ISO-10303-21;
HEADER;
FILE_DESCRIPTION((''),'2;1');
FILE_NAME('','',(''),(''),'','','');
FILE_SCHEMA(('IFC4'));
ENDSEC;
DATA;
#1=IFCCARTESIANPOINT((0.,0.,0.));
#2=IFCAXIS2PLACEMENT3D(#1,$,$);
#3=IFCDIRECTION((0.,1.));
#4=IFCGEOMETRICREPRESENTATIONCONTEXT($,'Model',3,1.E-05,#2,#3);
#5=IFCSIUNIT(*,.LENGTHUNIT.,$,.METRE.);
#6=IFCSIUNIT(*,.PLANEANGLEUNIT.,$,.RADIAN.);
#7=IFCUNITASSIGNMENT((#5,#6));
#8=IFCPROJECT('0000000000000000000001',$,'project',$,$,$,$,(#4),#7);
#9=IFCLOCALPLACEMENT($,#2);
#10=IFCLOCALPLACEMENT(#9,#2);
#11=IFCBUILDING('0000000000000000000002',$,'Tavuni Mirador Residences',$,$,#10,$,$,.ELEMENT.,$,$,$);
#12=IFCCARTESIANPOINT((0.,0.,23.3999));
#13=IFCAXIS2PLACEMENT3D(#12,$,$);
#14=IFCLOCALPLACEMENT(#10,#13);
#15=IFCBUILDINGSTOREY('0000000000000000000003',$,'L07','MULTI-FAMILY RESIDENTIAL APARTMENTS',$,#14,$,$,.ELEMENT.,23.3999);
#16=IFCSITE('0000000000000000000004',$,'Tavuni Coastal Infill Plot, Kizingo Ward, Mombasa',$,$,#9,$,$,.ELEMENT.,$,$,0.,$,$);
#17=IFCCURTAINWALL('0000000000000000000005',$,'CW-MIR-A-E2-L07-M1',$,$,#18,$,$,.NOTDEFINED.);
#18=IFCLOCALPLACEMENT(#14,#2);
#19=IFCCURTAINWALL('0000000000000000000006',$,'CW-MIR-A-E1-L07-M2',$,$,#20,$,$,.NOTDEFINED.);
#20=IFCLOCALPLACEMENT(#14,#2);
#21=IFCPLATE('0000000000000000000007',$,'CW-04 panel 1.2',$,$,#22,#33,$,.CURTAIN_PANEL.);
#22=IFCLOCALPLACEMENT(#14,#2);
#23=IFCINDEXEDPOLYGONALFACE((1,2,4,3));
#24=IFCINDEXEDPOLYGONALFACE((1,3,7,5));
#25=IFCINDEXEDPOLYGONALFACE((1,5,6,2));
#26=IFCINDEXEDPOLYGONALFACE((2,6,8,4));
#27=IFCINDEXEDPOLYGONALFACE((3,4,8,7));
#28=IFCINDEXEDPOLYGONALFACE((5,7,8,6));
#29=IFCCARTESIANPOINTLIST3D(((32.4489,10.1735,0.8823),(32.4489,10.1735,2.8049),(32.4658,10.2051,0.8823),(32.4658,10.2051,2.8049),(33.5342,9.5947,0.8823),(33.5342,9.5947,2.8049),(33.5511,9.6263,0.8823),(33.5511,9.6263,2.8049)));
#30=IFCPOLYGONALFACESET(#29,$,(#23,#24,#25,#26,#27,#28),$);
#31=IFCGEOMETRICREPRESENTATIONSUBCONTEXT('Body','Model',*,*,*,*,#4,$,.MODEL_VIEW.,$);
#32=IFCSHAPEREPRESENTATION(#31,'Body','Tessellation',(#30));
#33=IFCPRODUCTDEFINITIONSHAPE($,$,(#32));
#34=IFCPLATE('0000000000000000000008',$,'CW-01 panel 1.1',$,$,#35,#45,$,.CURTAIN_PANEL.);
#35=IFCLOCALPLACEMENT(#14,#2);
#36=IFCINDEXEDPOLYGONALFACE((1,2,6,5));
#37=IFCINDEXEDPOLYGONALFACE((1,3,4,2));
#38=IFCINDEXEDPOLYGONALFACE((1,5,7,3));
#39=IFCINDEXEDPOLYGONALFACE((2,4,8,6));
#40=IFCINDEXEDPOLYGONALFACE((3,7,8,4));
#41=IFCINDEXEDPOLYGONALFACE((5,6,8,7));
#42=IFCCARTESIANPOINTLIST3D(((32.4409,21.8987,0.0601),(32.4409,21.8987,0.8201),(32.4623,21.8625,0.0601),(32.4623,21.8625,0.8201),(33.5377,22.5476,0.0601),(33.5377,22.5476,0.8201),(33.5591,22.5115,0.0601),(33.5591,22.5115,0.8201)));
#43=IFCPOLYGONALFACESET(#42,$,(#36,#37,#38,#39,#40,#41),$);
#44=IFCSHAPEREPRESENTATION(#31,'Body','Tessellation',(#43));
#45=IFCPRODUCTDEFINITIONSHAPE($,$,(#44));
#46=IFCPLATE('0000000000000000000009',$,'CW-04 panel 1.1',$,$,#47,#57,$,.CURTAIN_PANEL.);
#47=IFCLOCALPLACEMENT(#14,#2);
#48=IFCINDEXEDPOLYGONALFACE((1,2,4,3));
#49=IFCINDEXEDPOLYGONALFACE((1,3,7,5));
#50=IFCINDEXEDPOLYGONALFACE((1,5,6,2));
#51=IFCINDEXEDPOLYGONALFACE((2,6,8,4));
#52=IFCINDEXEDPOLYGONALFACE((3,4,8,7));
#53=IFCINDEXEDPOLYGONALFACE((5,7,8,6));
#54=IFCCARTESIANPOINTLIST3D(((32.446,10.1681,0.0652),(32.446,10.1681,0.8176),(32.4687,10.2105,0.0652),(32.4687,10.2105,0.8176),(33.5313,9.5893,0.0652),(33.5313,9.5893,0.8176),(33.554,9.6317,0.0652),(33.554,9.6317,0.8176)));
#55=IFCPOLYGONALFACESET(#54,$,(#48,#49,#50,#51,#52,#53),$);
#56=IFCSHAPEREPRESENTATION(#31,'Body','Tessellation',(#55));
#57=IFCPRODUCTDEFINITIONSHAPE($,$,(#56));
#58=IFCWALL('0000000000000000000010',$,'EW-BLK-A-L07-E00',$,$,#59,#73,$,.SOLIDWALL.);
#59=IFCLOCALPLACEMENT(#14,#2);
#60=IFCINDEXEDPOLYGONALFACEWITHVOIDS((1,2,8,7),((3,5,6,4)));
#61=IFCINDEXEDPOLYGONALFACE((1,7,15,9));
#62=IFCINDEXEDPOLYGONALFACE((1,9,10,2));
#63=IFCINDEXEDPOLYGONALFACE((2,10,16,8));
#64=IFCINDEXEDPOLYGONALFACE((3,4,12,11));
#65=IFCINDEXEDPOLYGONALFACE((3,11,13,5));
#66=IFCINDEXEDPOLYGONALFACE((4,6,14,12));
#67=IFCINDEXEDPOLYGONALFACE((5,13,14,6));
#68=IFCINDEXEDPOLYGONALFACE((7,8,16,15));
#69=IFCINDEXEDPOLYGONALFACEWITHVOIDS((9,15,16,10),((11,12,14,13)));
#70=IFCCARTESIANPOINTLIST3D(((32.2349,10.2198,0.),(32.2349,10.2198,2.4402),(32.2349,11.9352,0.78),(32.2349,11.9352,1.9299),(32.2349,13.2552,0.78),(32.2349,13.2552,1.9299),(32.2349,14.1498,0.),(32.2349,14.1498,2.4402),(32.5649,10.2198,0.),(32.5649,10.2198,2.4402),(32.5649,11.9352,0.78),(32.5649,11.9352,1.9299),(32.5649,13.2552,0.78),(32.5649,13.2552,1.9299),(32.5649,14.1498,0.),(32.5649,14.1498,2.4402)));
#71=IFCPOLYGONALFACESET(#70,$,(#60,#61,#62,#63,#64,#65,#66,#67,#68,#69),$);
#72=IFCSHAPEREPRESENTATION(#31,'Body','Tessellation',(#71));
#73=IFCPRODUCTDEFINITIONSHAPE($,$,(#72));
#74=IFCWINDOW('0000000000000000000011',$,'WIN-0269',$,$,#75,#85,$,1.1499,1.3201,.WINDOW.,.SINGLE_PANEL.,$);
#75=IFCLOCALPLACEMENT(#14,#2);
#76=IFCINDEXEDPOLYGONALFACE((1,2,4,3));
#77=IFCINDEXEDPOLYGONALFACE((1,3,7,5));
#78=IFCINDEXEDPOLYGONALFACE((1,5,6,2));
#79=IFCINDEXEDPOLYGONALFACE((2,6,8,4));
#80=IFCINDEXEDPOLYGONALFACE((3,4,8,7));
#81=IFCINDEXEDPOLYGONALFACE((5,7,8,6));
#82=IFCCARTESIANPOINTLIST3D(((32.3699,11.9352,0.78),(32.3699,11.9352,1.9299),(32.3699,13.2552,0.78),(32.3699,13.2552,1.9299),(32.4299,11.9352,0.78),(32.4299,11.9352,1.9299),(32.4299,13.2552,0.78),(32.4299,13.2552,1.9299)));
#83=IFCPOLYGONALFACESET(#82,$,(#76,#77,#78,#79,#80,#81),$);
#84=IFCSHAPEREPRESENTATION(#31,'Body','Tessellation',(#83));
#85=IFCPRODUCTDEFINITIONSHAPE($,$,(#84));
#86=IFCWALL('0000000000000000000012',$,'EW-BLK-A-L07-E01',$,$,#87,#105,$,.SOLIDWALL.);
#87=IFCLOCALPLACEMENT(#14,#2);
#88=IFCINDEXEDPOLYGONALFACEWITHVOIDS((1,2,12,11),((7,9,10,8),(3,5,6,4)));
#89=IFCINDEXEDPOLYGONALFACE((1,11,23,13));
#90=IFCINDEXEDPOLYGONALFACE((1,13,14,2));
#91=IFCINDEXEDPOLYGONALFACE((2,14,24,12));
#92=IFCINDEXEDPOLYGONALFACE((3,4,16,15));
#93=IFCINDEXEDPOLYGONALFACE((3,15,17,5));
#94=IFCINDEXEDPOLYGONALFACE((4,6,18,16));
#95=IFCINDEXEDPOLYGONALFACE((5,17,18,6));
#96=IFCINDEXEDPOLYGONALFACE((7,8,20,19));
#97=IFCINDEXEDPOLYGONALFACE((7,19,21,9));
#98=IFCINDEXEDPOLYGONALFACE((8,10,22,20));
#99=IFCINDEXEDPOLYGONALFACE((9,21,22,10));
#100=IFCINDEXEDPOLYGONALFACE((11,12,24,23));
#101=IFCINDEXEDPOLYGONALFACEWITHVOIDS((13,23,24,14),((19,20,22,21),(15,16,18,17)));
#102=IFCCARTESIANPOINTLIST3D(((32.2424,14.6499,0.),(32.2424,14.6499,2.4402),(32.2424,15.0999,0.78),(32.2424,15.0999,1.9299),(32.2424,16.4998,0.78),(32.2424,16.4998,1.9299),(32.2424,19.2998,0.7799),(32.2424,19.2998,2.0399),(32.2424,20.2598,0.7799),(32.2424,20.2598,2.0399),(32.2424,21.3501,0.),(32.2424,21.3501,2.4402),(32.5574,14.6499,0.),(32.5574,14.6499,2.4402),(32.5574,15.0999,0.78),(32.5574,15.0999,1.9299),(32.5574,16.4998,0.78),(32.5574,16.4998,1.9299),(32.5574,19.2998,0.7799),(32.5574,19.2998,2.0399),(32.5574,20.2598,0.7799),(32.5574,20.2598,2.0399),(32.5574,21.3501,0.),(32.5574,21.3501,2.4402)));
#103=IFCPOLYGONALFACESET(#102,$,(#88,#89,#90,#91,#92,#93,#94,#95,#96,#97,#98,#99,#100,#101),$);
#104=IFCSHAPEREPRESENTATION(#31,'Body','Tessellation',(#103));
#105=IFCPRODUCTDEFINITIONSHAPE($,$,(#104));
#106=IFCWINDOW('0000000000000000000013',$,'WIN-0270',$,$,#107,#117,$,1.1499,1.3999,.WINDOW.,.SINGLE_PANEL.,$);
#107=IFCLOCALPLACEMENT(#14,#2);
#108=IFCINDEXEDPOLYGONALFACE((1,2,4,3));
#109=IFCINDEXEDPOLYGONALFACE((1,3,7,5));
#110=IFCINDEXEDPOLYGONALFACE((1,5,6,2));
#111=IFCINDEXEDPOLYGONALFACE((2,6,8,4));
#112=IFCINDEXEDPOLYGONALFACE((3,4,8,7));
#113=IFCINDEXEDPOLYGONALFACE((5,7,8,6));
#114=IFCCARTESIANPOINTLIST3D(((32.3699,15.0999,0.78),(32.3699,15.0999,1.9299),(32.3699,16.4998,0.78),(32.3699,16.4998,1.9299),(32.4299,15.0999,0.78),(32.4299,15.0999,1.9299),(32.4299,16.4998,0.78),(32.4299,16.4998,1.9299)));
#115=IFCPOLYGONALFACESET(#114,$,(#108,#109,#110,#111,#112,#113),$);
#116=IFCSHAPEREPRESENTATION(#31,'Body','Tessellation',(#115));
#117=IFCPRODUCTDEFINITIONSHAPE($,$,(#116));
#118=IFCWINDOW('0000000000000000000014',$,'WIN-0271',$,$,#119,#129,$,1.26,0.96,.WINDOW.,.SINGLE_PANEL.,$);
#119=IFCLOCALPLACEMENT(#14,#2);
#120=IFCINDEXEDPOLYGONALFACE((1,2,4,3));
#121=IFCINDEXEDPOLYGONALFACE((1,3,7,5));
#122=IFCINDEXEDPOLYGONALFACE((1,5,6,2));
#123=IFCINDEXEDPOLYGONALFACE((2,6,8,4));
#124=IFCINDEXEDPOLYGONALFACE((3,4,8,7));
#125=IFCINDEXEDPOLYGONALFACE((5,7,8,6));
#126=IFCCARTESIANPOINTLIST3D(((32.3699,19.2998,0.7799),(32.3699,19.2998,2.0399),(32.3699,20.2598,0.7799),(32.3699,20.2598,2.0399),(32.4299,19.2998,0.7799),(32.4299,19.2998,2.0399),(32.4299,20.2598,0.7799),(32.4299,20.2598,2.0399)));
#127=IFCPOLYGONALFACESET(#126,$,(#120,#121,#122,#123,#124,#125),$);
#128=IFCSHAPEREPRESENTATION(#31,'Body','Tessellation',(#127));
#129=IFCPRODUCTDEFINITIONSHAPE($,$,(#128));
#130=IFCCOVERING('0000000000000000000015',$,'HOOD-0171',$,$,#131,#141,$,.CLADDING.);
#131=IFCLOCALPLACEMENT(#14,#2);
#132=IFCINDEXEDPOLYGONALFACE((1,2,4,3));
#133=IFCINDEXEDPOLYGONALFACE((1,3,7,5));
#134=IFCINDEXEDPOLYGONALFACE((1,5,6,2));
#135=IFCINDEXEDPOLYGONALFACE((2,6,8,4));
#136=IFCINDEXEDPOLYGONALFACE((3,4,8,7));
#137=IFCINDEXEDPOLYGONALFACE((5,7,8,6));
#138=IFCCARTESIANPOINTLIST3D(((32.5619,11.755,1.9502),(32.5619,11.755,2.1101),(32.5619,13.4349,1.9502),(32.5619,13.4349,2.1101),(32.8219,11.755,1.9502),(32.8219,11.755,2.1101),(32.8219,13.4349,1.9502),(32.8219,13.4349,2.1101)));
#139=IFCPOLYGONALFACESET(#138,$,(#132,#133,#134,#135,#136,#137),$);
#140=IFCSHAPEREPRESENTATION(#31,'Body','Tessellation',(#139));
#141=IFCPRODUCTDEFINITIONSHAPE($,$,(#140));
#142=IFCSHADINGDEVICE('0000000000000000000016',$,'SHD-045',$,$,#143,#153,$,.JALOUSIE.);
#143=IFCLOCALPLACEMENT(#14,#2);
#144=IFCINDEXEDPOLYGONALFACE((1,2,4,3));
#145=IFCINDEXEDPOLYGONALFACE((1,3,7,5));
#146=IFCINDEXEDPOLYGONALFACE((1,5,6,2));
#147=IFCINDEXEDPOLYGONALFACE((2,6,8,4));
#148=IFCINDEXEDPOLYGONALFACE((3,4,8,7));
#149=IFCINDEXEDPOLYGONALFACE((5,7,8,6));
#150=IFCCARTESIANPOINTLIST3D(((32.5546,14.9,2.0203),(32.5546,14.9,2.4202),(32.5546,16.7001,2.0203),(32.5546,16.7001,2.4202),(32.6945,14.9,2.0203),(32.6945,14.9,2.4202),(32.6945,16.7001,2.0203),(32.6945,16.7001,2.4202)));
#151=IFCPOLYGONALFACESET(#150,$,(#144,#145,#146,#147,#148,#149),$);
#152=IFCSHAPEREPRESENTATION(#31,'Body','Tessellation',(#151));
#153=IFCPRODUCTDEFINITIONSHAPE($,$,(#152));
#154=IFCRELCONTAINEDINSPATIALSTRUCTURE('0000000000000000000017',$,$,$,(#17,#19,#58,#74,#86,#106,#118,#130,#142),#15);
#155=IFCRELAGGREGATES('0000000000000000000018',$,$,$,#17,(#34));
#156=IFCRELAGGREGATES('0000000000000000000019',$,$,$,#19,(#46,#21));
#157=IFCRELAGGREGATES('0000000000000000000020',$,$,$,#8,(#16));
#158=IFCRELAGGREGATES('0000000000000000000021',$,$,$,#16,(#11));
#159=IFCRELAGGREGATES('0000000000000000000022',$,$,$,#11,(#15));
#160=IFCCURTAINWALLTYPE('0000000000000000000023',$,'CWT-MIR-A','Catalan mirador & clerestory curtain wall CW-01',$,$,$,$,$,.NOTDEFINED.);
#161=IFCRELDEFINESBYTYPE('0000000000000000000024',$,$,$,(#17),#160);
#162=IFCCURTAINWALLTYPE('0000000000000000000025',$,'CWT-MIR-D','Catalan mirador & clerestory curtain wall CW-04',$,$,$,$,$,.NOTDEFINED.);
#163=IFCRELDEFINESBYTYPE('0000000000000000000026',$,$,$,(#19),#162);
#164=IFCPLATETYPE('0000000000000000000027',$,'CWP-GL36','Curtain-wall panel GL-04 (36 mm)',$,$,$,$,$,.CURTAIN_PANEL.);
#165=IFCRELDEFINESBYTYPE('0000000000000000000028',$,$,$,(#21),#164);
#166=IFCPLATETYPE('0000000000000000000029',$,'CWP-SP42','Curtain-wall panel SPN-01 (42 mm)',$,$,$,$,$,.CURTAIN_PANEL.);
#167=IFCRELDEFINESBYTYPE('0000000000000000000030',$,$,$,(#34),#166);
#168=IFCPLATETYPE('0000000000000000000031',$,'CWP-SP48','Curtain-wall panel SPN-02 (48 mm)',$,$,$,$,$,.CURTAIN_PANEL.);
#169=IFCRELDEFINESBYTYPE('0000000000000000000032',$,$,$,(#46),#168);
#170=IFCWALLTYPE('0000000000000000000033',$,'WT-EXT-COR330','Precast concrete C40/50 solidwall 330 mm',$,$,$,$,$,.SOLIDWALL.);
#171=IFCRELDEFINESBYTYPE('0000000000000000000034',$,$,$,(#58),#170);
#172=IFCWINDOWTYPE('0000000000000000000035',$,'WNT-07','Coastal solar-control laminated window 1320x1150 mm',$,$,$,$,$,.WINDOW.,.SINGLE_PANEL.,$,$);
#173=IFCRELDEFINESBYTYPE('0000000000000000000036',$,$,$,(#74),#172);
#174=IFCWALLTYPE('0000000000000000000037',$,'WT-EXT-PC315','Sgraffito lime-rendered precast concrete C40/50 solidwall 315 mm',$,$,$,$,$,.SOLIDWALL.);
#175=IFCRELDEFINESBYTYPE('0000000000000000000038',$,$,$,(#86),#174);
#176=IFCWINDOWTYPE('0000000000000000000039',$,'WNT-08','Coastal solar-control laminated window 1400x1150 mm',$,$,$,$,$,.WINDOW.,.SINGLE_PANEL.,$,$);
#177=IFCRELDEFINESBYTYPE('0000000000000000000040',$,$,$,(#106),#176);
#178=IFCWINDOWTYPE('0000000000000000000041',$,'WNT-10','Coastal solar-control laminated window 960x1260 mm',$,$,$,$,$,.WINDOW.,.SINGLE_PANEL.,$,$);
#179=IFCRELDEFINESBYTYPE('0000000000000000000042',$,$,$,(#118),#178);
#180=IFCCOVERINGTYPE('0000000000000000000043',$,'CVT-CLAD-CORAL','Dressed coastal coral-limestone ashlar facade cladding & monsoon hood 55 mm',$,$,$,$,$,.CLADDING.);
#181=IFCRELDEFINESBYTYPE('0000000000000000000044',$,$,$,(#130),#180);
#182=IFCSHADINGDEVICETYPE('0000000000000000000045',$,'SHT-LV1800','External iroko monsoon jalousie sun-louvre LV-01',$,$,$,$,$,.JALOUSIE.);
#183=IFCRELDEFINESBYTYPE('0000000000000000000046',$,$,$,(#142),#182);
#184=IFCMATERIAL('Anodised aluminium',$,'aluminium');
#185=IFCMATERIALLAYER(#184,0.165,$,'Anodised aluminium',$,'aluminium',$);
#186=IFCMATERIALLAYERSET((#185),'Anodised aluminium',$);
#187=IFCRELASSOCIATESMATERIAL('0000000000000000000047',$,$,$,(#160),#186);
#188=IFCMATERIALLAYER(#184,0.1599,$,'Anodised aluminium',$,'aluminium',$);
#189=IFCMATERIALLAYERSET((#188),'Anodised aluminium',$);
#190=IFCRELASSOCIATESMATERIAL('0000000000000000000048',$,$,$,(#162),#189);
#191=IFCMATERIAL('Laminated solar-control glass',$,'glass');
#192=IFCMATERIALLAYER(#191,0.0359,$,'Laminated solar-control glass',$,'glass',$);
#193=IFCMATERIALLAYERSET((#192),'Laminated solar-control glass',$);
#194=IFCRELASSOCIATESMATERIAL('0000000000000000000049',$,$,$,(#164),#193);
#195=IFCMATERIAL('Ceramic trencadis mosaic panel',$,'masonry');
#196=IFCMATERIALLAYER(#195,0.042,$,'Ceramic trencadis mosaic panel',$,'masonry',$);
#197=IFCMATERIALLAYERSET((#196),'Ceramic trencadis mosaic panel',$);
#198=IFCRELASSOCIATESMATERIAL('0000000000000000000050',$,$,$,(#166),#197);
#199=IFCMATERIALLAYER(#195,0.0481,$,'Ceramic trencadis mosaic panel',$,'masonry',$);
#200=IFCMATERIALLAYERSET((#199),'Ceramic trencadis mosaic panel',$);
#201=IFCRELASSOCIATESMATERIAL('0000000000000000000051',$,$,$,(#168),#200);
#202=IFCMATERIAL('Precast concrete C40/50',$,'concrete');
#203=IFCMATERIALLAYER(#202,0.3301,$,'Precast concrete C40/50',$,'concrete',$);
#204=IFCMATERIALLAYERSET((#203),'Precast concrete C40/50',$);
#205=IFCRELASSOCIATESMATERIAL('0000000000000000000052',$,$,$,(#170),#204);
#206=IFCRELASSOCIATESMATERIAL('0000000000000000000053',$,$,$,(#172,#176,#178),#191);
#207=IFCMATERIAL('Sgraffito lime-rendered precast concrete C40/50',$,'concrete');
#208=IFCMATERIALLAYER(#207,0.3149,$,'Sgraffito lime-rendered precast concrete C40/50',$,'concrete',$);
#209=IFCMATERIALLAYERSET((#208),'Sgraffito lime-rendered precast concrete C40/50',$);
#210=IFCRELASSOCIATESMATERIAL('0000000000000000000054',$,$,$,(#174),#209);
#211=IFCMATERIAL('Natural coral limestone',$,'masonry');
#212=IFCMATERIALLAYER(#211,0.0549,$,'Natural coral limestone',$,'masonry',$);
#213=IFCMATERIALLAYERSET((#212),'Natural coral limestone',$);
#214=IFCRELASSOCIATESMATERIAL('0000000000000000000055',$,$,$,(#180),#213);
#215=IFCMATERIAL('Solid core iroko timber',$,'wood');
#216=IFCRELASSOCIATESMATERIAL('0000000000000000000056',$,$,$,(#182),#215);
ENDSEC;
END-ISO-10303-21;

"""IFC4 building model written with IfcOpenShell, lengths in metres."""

from ifc_helpers import new_model, si_unit, direction, frame, frame_2d, origin, origin_2d, place, context, subcontext, project, spatial, rectangle, extrude, material, layer, layer_set, type_object, element, fill, aggregate, save


model = new_model("IFC4")

# Units and contexts
model_context = context("Model", 3, precision=1e-05, world=origin(), true_north=direction((0.0, 1.0)))
body_context = subcontext(model_context, "Body", "Model", "MODEL_VIEW")
ifc_project = project(units=[si_unit("LENGTHUNIT", "METRE"), si_unit("PLANEANGLEUNIT", "RADIAN")], contexts=[model_context])

# Site, building, storey
site_placement = place(None, origin())
site = spatial("IfcSite", under=ifc_project, at=site_placement, Name="Tavuni Coastal Infill Plot, Kizingo Ward, Mombasa", CompositionType="ELEMENT", RefElevation=0.0)
building_placement = place(site_placement, origin())
building = spatial("IfcBuilding", under=site, at=building_placement, Name="Tavuni Mirador Residences", CompositionType="ELEMENT")
storey_placement = place(building_placement, frame((0.0, 0.0, 23.3999)))
storey = spatial("IfcBuildingStorey", under=building, at=storey_placement, Name="L07", Description="MULTI-FAMILY RESIDENTIAL APARTMENTS", CompositionType="ELEMENT", Elevation=23.3999)

# Shared definitions
ifc_material_1 = material(Name="Precast concrete C40/50", Category="concrete")

# Curtain walls
ifc_material_2 = material(Name="Anodised aluminium", Category="aluminium")
ifc_layer_1 = layer(ifc_material_2, 0.165, Name="Anodised aluminium", Category="aluminium")
ifc_layer_set_1 = layer_set([ifc_layer_1], Name="Anodised aluminium")
curtain_wall_type_1 = type_object("IfcCurtainWallType", Name="CWT-MIR-A", Description="Catalan mirador & clerestory curtain wall CW-01", PredefinedType="NOTDEFINED", material=ifc_layer_set_1)
curtain_wall_1_placement = place(storey_placement, origin())
curtain_wall_1 = element("IfcCurtainWall", 1, at=curtain_wall_1_placement, inside=storey, type_object=curtain_wall_type_1, Name="CW-MIR-A-E2-L07-M1", PredefinedType="NOTDEFINED")
ifc_layer_2 = layer(ifc_material_2, 0.1599, Name="Anodised aluminium", Category="aluminium")
ifc_layer_set_2 = layer_set([ifc_layer_2], Name="Anodised aluminium")
curtain_wall_type_2 = type_object("IfcCurtainWallType", Name="CWT-MIR-D", Description="Catalan mirador & clerestory curtain wall CW-04", PredefinedType="NOTDEFINED", material=ifc_layer_set_2)
curtain_wall_2_placement = place(storey_placement, origin())
curtain_wall_2 = element("IfcCurtainWall", 2, at=curtain_wall_2_placement, inside=storey, type_object=curtain_wall_type_2, Name="CW-MIR-A-E1-L07-M2", PredefinedType="NOTDEFINED")

# Plates
ifc_material_3 = material(Name="Laminated solar-control glass", Category="glass")
ifc_layer_3 = layer(ifc_material_3, 0.0359, Name="Laminated solar-control glass", Category="glass")
ifc_layer_set_3 = layer_set([ifc_layer_3], Name="Laminated solar-control glass")
plate_type_1 = type_object("IfcPlateType", Name="CWP-GL36", Description="Curtain-wall panel GL-04 (36 mm)", PredefinedType="CURTAIN_PANEL", material=ifc_layer_set_3)
plate_1_placement = place(storey_placement, frame((33.0, 9.8999, 0.8823), z_axis=(0.0, 0.0, 1.0), x_axis=(-0.882353, 0.470588, 0.0)))
plate_1 = element("IfcPlate", 3, at=plate_1_placement, type_object=plate_type_1, Name="CW-04 panel 1.2", PredefinedType="CURTAIN_PANEL", context=body_context, shape_type="SweptSolid", body=[
    extrude(rectangle(XDim=1.23, YDim=0.0359, at=origin_2d()), origin(), (0.0, 0.0, 1.0), 1.9226),
])
ifc_material_4 = material(Name="Ceramic trencadis mosaic panel", Category="masonry")
ifc_layer_4 = layer(ifc_material_4, 0.042, Name="Ceramic trencadis mosaic panel", Category="masonry")
ifc_layer_set_4 = layer_set([ifc_layer_4], Name="Ceramic trencadis mosaic panel")
plate_type_2 = type_object("IfcPlateType", Name="CWP-SP42", Description="Curtain-wall panel SPN-01 (42 mm)", PredefinedType="CURTAIN_PANEL", material=ifc_layer_set_4)
plate_2_placement = place(storey_placement, frame((33.0, 22.2051, 0.0601), z_axis=(0.0, 0.0, 1.0), x_axis=(0.860641, 0.509212, 0.0)))
plate_2 = element("IfcPlate", 4, at=plate_2_placement, type_object=plate_type_2, Name="CW-01 panel 1.1", PredefinedType="CURTAIN_PANEL", context=body_context, shape_type="SweptSolid", body=[
    extrude(rectangle(XDim=1.2744, YDim=0.042, at=origin_2d()), origin(), (0.0, 0.0, 1.0), 0.76),
])
aggregate(curtain_wall_1, [plate_2])
ifc_layer_5 = layer(ifc_material_4, 0.0481, Name="Ceramic trencadis mosaic panel", Category="masonry")
ifc_layer_set_5 = layer_set([ifc_layer_5], Name="Ceramic trencadis mosaic panel")
plate_type_3 = type_object("IfcPlateType", Name="CWP-SP48", Description="Curtain-wall panel SPN-02 (48 mm)", PredefinedType="CURTAIN_PANEL", material=ifc_layer_set_5)
plate_3_placement = place(storey_placement, frame((33.0, 9.8999, 0.0652), z_axis=(0.0, 0.0, 1.0), x_axis=(-0.882353, 0.470588, 0.0)))
plate_3 = element("IfcPlate", 5, at=plate_3_placement, type_object=plate_type_3, Name="CW-04 panel 1.1", PredefinedType="CURTAIN_PANEL", context=body_context, shape_type="SweptSolid", body=[
    extrude(rectangle(XDim=1.23, YDim=0.0481, at=origin_2d()), origin(), (0.0, 0.0, 1.0), 0.7524),
])
aggregate(curtain_wall_2, [plate_3, plate_1])

# Wall, opening, window
ifc_layer_6 = layer(ifc_material_1, 0.3301, Name="Precast concrete C40/50", Category="concrete")
ifc_layer_set_6 = layer_set([ifc_layer_6], Name="Precast concrete C40/50")
wall_type_1 = type_object("IfcWallType", Name="WT-EXT-COR330", Description="Precast concrete C40/50 solidwall 330 mm", PredefinedType="SOLIDWALL", material=ifc_layer_set_6)
wall_1_placement = place(storey_placement, frame((32.3999, 10.22, 0.0), z_axis=(0.0, 0.0, 1.0), x_axis=(0.0, 1.0, 0.0)))
wall_1 = element("IfcWall", 6, at=wall_1_placement, inside=storey, type_object=wall_type_1, Name="EW-BLK-A-L07-E00", PredefinedType="SOLIDWALL", context=body_context, shape_type="SweptSolid", body=[
    extrude(rectangle(XDim=3.9299, YDim=0.3301, at=frame_2d((1.9648, 0.0))), origin(), (0.0, 0.0, 1.0), 2.4402),
])
opening_1_placement = place(wall_1_placement, frame((1.7151, 0.0, 0.78)))
opening_1 = element("IfcOpeningElement", 7, at=opening_1_placement, cuts=wall_1, PredefinedType="OPENING", context=body_context, shape_type="SweptSolid", body=[
    extrude(rectangle(XDim=1.3201, YDim=1.1499, at=frame_2d((0.6602, 0.575))), frame((0.0, 0.175, 0.0), z_axis=(0.0, -1.0, 0.0), x_axis=(1.0, 0.0, 0.0)), (0.0, 0.0, 1.0), 0.3501),
])
window_type_1 = type_object("IfcWindowType", Name="WNT-07", Description="Coastal solar-control laminated window 1320x1150 mm", PartitioningType="SINGLE_PANEL", PredefinedType="WINDOW", material=ifc_material_3)
window_1_placement = place(opening_1_placement, origin())
window_1 = element("IfcWindow", 8, at=window_1_placement, inside=storey, type_object=window_type_1, Name="WIN-0269", OverallHeight=1.1499, OverallWidth=1.3201, PartitioningType="SINGLE_PANEL", PredefinedType="WINDOW", context=body_context, shape_type="SweptSolid", body=[
    extrude(rectangle(XDim=1.3201, YDim=1.1499, at=frame_2d((0.6602, 0.575))), frame((0.0, 0.03, 0.0), z_axis=(0.0, -1.0, 0.0), x_axis=(1.0, 0.0, 0.0)), (0.0, 0.0, 1.0), 0.0601),
])
fill(opening_1, window_1)

# Wall, openings, windows
ifc_material_5 = material(Name="Sgraffito lime-rendered precast concrete C40/50", Category="concrete")
ifc_layer_7 = layer(ifc_material_5, 0.3149, Name="Sgraffito lime-rendered precast concrete C40/50", Category="concrete")
ifc_layer_set_7 = layer_set([ifc_layer_7], Name="Sgraffito lime-rendered precast concrete C40/50")
wall_type_2 = type_object("IfcWallType", Name="WT-EXT-PC315", Description="Sgraffito lime-rendered precast concrete C40/50 solidwall 315 mm", PredefinedType="SOLIDWALL", material=ifc_layer_set_7)
wall_2_placement = place(storey_placement, frame((32.3999, 14.6499, 0.0), z_axis=(0.0, 0.0, 1.0), x_axis=(0.0, 1.0, 0.0)))
wall_2 = element("IfcWall", 9, at=wall_2_placement, inside=storey, type_object=wall_type_2, Name="EW-BLK-A-L07-E01", PredefinedType="SOLIDWALL", context=body_context, shape_type="SweptSolid", body=[
    extrude(rectangle(XDim=6.7002, YDim=0.3149, at=frame_2d((3.3501, 0.0))), origin(), (0.0, 0.0, 1.0), 2.4402),
])
opening_2_placement = place(wall_2_placement, frame((0.45, 0.0, 0.78)))
opening_2 = element("IfcOpeningElement", 10, at=opening_2_placement, cuts=wall_2, PredefinedType="OPENING", context=body_context, shape_type="SweptSolid", body=[
    extrude(rectangle(XDim=1.3999, YDim=1.1499, at=frame_2d((0.7, 0.575))), frame((0.0, 0.1675, 0.0), z_axis=(0.0, -1.0, 0.0), x_axis=(1.0, 0.0, 0.0)), (0.0, 0.0, 1.0), 0.335),
])
opening_3_placement = place(wall_2_placement, frame((4.6499, 0.0, 0.78)))
opening_3 = element("IfcOpeningElement", 11, at=opening_3_placement, cuts=wall_2, PredefinedType="OPENING", context=body_context, shape_type="SweptSolid", body=[
    extrude(rectangle(XDim=0.96, YDim=1.26, at=frame_2d((0.48, 0.6299))), frame((0.0, 0.1675, 0.0), z_axis=(0.0, -1.0, 0.0), x_axis=(1.0, 0.0, 0.0)), (0.0, 0.0, 1.0), 0.335),
])
window_type_2 = type_object("IfcWindowType", Name="WNT-08", Description="Coastal solar-control laminated window 1400x1150 mm", PartitioningType="SINGLE_PANEL", PredefinedType="WINDOW", material=ifc_material_3)
window_2_placement = place(opening_2_placement, origin())
window_2 = element("IfcWindow", 12, at=window_2_placement, inside=storey, type_object=window_type_2, Name="WIN-0270", OverallHeight=1.1499, OverallWidth=1.3999, PartitioningType="SINGLE_PANEL", PredefinedType="WINDOW", context=body_context, shape_type="SweptSolid", body=[
    extrude(rectangle(XDim=1.3999, YDim=1.1499, at=frame_2d((0.7, 0.575))), frame((0.0, 0.03, 0.0), z_axis=(0.0, -1.0, 0.0), x_axis=(1.0, 0.0, 0.0)), (0.0, 0.0, 1.0), 0.0601),
])
fill(opening_2, window_2)
window_type_3 = type_object("IfcWindowType", Name="WNT-10", Description="Coastal solar-control laminated window 960x1260 mm", PartitioningType="SINGLE_PANEL", PredefinedType="WINDOW", material=ifc_material_3)
window_3_placement = place(opening_3_placement, origin())
window_3 = element("IfcWindow", 13, at=window_3_placement, inside=storey, type_object=window_type_3, Name="WIN-0271", OverallHeight=1.26, OverallWidth=0.96, PartitioningType="SINGLE_PANEL", PredefinedType="WINDOW", context=body_context, shape_type="SweptSolid", body=[
    extrude(rectangle(XDim=0.96, YDim=1.26, at=frame_2d((0.48, 0.6299))), frame((0.0, 0.03, 0.0), z_axis=(0.0, -1.0, 0.0), x_axis=(1.0, 0.0, 0.0)), (0.0, 0.0, 1.0), 0.0601),
])
fill(opening_3, window_3)

# Covering
ifc_material_6 = material(Name="Natural coral limestone", Category="masonry")
ifc_layer_8 = layer(ifc_material_6, 0.0549, Name="Natural coral limestone", Category="masonry")
ifc_layer_set_8 = layer_set([ifc_layer_8], Name="Natural coral limestone")
covering_type = type_object("IfcCoveringType", Name="CVT-CLAD-CORAL", Description="Dressed coastal coral-limestone ashlar facade cladding & monsoon hood 55 mm", PredefinedType="CLADDING", material=ifc_layer_set_8)
covering_placement = place(storey_placement, frame((32.6919, 12.595, 1.9502), z_axis=(0.0, 0.0, 1.0), x_axis=(0.0, 1.0, 0.0)))
element("IfcCovering", 14, at=covering_placement, inside=storey, type_object=covering_type, Name="HOOD-0171", PredefinedType="CLADDING", context=body_context, shape_type="SweptSolid", body=[
    extrude(rectangle(XDim=1.6799, YDim=0.26, at=origin_2d()), origin(), (0.0, 0.0, 1.0), 0.1599),
])

# Shading device
ifc_material_7 = material(Name="Solid core iroko timber", Category="wood")
shading_device_type = type_object("IfcShadingDeviceType", Name="SHT-LV1800", Description="External iroko monsoon jalousie sun-louvre LV-01", PredefinedType="JALOUSIE", material=ifc_material_7)
shading_device_placement = place(storey_placement, frame((32.6245, 15.8, 2.0203), z_axis=(0.0, 0.0, 1.0), x_axis=(0.0, 1.0, 0.0)))
element("IfcShadingDevice", 15, at=shading_device_placement, inside=storey, type_object=shading_device_type, Name="SHD-045", PredefinedType="JALOUSIE", context=body_context, shape_type="SweptSolid", body=[
    extrude(rectangle(XDim=1.8, YDim=0.1399, at=origin_2d()), origin(), (0.0, 0.0, 1.0), 0.3999),
])

save(model, "model.ifc")
